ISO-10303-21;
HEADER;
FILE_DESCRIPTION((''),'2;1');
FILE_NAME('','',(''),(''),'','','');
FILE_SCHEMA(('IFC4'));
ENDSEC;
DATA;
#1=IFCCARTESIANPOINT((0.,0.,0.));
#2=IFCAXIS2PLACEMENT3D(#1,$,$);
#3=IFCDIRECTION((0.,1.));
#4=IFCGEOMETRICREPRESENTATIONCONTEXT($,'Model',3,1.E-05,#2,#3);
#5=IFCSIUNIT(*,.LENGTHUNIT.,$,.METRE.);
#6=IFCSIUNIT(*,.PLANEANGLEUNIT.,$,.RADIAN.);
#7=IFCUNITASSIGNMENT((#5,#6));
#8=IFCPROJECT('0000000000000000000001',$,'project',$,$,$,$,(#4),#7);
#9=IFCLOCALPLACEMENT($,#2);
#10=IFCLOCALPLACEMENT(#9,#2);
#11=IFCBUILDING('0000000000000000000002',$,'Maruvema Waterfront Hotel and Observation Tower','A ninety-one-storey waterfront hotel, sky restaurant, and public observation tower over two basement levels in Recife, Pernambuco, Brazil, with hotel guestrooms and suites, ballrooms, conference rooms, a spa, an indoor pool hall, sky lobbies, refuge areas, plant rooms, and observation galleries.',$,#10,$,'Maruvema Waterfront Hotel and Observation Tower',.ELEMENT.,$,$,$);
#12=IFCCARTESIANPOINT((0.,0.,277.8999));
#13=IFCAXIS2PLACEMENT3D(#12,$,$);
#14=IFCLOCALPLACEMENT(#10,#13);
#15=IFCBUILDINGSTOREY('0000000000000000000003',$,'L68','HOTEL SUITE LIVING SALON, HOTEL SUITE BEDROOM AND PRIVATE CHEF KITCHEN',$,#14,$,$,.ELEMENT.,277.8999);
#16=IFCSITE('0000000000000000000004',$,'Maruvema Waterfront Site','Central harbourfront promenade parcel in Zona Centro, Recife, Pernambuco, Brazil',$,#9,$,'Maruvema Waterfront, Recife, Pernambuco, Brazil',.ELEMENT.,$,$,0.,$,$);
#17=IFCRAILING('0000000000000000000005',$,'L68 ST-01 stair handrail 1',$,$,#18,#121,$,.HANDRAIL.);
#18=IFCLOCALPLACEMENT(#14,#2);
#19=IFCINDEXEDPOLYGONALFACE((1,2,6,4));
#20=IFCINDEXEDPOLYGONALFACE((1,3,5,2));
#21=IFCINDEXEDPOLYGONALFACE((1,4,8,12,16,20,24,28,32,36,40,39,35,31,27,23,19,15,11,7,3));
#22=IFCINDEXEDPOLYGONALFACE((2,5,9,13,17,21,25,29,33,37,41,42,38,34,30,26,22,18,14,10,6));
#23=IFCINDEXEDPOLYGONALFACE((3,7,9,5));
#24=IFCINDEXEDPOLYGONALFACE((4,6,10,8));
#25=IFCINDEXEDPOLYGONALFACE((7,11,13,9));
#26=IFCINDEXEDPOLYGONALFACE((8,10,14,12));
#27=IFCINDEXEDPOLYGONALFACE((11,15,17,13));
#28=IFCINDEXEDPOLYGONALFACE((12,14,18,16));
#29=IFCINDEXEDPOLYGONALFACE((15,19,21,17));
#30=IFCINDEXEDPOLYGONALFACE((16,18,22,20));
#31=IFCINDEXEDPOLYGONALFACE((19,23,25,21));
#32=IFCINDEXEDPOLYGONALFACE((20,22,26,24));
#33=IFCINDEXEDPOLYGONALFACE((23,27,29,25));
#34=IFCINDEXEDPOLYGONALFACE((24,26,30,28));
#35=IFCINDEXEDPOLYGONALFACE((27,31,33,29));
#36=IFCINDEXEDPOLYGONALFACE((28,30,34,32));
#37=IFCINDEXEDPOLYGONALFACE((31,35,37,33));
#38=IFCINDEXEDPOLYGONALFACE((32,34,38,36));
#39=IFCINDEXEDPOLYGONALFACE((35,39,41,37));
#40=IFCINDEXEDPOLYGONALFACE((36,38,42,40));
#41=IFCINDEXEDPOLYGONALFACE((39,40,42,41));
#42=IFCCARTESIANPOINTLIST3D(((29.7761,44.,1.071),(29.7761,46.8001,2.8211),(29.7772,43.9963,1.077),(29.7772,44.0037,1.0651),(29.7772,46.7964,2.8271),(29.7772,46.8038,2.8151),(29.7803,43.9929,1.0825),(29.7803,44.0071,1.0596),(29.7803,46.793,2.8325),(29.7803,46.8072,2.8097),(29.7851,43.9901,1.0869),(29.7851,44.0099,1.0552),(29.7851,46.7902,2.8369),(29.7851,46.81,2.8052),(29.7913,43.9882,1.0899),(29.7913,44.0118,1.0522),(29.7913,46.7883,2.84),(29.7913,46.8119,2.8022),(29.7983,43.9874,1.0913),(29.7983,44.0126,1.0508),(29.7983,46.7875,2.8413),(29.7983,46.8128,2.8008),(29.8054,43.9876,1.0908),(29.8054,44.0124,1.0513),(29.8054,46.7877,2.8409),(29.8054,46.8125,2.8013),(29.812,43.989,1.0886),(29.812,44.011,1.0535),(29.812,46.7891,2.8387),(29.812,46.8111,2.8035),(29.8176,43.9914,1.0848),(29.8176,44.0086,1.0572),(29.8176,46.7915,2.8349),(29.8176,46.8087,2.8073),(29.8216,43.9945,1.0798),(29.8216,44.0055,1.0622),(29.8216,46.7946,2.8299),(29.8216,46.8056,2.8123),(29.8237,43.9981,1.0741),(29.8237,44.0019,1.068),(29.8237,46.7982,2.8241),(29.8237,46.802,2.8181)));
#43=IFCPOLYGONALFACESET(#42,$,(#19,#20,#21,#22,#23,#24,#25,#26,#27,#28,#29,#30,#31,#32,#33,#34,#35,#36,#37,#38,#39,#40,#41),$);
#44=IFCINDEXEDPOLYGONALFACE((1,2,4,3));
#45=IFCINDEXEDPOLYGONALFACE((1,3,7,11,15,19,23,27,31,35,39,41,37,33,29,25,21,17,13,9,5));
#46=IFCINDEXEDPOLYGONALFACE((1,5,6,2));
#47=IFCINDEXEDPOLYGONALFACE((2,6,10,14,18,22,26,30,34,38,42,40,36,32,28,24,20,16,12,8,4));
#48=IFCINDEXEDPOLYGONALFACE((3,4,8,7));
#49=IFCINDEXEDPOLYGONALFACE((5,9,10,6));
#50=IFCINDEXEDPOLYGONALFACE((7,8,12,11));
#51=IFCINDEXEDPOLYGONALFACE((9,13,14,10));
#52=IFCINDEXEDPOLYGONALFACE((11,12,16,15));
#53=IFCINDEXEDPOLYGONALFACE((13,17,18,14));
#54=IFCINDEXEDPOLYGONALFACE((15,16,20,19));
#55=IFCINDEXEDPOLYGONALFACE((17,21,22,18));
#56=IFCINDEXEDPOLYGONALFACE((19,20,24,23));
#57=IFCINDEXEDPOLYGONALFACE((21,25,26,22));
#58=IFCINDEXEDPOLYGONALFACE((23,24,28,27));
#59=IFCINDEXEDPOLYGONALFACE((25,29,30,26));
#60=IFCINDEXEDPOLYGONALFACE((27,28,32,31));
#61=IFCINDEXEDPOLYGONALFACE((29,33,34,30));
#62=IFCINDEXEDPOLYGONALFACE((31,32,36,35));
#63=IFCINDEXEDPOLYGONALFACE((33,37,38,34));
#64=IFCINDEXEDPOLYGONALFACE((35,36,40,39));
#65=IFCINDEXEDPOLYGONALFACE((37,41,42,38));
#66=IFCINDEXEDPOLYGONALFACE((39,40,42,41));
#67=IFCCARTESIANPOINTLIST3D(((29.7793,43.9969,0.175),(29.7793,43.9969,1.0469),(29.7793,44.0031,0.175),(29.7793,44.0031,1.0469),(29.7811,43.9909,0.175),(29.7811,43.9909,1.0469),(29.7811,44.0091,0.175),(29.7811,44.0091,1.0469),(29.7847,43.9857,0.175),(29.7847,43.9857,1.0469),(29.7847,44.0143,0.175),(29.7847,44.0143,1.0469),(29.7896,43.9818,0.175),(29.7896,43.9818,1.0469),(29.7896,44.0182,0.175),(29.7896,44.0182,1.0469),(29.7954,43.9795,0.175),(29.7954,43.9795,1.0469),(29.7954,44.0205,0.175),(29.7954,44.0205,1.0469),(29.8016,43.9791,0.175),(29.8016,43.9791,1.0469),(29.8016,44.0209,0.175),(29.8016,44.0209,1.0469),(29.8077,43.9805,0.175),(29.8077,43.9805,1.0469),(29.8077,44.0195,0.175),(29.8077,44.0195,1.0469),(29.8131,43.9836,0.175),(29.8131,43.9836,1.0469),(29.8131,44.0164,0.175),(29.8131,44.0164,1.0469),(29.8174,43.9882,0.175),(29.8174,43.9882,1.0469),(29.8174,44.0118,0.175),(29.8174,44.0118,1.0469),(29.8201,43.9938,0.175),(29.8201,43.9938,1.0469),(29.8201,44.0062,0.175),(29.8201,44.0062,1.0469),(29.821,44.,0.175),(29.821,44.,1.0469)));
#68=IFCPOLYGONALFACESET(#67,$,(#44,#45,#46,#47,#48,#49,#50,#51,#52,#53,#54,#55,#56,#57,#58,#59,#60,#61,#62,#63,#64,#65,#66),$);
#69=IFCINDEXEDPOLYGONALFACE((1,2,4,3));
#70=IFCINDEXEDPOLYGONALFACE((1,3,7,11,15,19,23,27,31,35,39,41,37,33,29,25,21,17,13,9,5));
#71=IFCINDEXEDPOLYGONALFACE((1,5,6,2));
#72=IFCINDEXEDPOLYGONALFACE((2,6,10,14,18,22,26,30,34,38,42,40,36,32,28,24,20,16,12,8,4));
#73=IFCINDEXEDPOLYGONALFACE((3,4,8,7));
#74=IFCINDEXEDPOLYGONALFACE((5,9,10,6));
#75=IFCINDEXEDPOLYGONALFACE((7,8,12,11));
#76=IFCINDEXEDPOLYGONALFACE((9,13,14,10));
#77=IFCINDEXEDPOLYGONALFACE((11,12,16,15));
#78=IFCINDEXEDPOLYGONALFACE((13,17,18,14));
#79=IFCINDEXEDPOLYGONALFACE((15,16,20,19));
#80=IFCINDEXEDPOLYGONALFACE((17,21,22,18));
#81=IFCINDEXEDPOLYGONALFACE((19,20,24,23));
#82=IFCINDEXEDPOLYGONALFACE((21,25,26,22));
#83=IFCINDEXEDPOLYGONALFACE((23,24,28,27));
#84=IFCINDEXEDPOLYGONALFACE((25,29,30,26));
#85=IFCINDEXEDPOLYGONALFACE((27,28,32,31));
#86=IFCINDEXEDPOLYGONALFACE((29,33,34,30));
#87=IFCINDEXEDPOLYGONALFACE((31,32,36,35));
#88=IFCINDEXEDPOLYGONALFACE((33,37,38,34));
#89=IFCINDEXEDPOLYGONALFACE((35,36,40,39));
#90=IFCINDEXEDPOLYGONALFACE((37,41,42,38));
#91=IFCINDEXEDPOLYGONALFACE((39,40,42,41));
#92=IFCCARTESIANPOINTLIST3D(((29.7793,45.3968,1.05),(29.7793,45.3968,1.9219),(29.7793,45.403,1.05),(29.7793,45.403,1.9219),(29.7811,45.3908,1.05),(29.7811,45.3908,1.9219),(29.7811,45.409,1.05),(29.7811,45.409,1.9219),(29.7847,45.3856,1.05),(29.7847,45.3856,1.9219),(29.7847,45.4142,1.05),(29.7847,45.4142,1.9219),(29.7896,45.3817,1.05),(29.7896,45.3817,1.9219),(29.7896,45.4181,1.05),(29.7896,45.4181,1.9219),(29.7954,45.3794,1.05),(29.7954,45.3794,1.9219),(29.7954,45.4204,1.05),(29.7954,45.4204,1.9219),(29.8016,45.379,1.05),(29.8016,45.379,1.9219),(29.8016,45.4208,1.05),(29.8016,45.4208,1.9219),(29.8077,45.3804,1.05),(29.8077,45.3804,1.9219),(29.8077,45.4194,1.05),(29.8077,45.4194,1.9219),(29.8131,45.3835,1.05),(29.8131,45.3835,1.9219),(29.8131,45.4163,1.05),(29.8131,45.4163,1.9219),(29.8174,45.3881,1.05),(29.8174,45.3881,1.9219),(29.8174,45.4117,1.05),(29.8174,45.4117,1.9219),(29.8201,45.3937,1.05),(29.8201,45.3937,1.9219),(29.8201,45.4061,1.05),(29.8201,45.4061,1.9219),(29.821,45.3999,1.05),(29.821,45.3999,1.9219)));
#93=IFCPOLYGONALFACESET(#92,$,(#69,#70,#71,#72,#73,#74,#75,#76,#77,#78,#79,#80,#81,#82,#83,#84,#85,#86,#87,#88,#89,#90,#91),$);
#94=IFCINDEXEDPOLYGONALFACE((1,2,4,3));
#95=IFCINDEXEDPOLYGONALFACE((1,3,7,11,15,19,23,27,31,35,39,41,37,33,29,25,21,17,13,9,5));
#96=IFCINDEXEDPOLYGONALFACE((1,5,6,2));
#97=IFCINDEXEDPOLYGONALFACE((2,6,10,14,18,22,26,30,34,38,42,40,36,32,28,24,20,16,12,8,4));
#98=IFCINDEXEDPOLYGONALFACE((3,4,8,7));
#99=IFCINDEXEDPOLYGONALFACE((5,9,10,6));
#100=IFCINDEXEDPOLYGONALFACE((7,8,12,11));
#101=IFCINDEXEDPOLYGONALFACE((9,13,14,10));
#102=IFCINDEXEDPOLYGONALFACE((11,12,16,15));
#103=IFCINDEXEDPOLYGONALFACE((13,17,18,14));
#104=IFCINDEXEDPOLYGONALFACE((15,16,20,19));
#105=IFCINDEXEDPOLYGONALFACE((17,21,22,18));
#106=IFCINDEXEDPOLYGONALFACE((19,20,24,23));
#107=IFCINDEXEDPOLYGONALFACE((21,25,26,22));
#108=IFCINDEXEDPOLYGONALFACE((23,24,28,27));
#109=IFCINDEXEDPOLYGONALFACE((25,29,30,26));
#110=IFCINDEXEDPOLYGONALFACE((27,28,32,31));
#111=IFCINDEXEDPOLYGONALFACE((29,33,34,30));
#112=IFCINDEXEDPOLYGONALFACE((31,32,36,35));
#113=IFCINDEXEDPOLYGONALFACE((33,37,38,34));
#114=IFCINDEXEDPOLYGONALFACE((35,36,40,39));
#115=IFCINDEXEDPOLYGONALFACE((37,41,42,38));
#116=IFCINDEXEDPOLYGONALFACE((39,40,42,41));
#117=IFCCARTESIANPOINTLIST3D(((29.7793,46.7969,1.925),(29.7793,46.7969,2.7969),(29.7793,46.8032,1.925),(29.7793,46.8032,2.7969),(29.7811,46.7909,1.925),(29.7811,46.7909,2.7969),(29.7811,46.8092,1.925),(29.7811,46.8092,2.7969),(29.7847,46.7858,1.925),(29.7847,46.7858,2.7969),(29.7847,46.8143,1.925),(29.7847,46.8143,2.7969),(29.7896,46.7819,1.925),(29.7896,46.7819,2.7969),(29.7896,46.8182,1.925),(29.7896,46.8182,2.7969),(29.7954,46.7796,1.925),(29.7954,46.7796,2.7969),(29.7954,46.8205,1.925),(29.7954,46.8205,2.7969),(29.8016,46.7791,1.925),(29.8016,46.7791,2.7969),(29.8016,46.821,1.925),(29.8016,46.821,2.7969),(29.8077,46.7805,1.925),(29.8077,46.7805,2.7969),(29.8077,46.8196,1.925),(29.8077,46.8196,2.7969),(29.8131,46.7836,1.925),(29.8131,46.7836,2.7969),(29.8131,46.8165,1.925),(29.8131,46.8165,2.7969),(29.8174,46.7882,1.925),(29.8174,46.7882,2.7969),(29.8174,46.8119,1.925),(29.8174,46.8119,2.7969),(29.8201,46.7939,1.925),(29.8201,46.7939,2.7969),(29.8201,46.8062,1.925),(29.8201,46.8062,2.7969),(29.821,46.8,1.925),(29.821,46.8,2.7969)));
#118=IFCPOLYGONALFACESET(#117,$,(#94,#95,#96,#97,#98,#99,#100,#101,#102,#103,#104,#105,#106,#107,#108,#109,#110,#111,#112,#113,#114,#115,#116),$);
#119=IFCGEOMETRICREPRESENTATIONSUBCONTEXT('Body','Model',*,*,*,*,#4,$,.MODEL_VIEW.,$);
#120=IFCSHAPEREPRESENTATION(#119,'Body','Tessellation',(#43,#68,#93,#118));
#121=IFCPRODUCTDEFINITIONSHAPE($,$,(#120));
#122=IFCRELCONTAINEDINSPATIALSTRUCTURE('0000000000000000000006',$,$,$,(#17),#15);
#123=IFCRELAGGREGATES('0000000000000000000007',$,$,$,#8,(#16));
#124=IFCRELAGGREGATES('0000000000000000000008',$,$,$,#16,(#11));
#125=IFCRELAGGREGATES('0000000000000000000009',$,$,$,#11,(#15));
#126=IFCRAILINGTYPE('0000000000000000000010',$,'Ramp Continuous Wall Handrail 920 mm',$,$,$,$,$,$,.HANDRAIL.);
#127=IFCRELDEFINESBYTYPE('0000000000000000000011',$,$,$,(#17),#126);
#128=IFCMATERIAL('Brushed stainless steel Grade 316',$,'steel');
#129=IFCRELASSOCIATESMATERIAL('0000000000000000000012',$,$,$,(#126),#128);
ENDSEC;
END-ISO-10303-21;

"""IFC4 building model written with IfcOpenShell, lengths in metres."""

from ifc_helpers import new_model, si_unit, direction, frame, origin, origin_2d, place, context, subcontext, project, spatial, circle, extrude, material, type_object, element, save


model = new_model("IFC4")

# Units and contexts
model_context = context("Model", 3, precision=1e-05, world=origin(), true_north=direction((0.0, 1.0)))
body_context = subcontext(model_context, "Body", "Model", "MODEL_VIEW")
ifc_project = project(units=[si_unit("LENGTHUNIT", "METRE"), si_unit("PLANEANGLEUNIT", "RADIAN")], contexts=[model_context])

# Site, building, storey
site_placement = place(None, origin())
site = spatial("IfcSite", under=ifc_project, at=site_placement, Name="Maruvema Waterfront Site", Description="Central harbourfront promenade parcel in Zona Centro, Recife, Pernambuco, Brazil", LongName="Maruvema Waterfront, Recife, Pernambuco, Brazil", CompositionType="ELEMENT", RefElevation=0.0)
building_placement = place(site_placement, origin())
building = spatial("IfcBuilding", under=site, at=building_placement, Name="Maruvema Waterfront Hotel and Observation Tower", Description="A ninety-one-storey waterfront hotel, sky restaurant, and public observation tower over two basement levels in Recife, Pernambuco, Brazil, with hotel guestrooms and suites, ballrooms, conference rooms, a spa, an indoor pool hall, sky lobbies, refuge areas, plant rooms, and observation galleries.", LongName="Maruvema Waterfront Hotel and Observation Tower", CompositionType="ELEMENT")
storey_placement = place(building_placement, frame((0.0, 0.0, 277.8999)))
storey = spatial("IfcBuildingStorey", under=building, at=storey_placement, Name="L68", Description="HOTEL SUITE LIVING SALON, HOTEL SUITE BEDROOM AND PRIVATE CHEF KITCHEN", CompositionType="ELEMENT", Elevation=277.8999)

# Railing
ifc_material_1 = material(Name="Brushed stainless steel Grade 316", Category="steel")
railing_type_1 = type_object("IfcRailingType", Name="Ramp Continuous Wall Handrail 920 mm", PredefinedType="HANDRAIL", material=ifc_material_1)
railing_1_placement = place(storey_placement, frame((29.8, 44.0, 0.175)))
element("IfcRailing", 1, at=railing_1_placement, inside=storey, type_object=railing_type_1, Name="L68 ST-01 stair handrail 1", PredefinedType="HANDRAIL", context=body_context, shape_type="SweptSolid", body=[
    extrude(circle(Radius=0.0239, at=origin_2d()), frame((0.0, 0.0, 0.896), z_axis=(0.0, 0.848002, 0.529992), x_axis=(-1.0, 0.0, 0.0)), (0.0, 0.0, 1.0), 3.302),
    extrude(circle(Radius=0.021, at=origin_2d()), origin(), (0.0, 0.0, 1.0), 0.8718),
    extrude(circle(Radius=0.021, at=origin_2d()), frame((0.0, 1.3999, 0.875)), (0.0, 0.0, 1.0), 0.8718),
    extrude(circle(Radius=0.021, at=origin_2d()), frame((0.0, 2.8, 1.75)), (0.0, 0.0, 1.0), 0.8718),
])

save(model, "model.ifc")
